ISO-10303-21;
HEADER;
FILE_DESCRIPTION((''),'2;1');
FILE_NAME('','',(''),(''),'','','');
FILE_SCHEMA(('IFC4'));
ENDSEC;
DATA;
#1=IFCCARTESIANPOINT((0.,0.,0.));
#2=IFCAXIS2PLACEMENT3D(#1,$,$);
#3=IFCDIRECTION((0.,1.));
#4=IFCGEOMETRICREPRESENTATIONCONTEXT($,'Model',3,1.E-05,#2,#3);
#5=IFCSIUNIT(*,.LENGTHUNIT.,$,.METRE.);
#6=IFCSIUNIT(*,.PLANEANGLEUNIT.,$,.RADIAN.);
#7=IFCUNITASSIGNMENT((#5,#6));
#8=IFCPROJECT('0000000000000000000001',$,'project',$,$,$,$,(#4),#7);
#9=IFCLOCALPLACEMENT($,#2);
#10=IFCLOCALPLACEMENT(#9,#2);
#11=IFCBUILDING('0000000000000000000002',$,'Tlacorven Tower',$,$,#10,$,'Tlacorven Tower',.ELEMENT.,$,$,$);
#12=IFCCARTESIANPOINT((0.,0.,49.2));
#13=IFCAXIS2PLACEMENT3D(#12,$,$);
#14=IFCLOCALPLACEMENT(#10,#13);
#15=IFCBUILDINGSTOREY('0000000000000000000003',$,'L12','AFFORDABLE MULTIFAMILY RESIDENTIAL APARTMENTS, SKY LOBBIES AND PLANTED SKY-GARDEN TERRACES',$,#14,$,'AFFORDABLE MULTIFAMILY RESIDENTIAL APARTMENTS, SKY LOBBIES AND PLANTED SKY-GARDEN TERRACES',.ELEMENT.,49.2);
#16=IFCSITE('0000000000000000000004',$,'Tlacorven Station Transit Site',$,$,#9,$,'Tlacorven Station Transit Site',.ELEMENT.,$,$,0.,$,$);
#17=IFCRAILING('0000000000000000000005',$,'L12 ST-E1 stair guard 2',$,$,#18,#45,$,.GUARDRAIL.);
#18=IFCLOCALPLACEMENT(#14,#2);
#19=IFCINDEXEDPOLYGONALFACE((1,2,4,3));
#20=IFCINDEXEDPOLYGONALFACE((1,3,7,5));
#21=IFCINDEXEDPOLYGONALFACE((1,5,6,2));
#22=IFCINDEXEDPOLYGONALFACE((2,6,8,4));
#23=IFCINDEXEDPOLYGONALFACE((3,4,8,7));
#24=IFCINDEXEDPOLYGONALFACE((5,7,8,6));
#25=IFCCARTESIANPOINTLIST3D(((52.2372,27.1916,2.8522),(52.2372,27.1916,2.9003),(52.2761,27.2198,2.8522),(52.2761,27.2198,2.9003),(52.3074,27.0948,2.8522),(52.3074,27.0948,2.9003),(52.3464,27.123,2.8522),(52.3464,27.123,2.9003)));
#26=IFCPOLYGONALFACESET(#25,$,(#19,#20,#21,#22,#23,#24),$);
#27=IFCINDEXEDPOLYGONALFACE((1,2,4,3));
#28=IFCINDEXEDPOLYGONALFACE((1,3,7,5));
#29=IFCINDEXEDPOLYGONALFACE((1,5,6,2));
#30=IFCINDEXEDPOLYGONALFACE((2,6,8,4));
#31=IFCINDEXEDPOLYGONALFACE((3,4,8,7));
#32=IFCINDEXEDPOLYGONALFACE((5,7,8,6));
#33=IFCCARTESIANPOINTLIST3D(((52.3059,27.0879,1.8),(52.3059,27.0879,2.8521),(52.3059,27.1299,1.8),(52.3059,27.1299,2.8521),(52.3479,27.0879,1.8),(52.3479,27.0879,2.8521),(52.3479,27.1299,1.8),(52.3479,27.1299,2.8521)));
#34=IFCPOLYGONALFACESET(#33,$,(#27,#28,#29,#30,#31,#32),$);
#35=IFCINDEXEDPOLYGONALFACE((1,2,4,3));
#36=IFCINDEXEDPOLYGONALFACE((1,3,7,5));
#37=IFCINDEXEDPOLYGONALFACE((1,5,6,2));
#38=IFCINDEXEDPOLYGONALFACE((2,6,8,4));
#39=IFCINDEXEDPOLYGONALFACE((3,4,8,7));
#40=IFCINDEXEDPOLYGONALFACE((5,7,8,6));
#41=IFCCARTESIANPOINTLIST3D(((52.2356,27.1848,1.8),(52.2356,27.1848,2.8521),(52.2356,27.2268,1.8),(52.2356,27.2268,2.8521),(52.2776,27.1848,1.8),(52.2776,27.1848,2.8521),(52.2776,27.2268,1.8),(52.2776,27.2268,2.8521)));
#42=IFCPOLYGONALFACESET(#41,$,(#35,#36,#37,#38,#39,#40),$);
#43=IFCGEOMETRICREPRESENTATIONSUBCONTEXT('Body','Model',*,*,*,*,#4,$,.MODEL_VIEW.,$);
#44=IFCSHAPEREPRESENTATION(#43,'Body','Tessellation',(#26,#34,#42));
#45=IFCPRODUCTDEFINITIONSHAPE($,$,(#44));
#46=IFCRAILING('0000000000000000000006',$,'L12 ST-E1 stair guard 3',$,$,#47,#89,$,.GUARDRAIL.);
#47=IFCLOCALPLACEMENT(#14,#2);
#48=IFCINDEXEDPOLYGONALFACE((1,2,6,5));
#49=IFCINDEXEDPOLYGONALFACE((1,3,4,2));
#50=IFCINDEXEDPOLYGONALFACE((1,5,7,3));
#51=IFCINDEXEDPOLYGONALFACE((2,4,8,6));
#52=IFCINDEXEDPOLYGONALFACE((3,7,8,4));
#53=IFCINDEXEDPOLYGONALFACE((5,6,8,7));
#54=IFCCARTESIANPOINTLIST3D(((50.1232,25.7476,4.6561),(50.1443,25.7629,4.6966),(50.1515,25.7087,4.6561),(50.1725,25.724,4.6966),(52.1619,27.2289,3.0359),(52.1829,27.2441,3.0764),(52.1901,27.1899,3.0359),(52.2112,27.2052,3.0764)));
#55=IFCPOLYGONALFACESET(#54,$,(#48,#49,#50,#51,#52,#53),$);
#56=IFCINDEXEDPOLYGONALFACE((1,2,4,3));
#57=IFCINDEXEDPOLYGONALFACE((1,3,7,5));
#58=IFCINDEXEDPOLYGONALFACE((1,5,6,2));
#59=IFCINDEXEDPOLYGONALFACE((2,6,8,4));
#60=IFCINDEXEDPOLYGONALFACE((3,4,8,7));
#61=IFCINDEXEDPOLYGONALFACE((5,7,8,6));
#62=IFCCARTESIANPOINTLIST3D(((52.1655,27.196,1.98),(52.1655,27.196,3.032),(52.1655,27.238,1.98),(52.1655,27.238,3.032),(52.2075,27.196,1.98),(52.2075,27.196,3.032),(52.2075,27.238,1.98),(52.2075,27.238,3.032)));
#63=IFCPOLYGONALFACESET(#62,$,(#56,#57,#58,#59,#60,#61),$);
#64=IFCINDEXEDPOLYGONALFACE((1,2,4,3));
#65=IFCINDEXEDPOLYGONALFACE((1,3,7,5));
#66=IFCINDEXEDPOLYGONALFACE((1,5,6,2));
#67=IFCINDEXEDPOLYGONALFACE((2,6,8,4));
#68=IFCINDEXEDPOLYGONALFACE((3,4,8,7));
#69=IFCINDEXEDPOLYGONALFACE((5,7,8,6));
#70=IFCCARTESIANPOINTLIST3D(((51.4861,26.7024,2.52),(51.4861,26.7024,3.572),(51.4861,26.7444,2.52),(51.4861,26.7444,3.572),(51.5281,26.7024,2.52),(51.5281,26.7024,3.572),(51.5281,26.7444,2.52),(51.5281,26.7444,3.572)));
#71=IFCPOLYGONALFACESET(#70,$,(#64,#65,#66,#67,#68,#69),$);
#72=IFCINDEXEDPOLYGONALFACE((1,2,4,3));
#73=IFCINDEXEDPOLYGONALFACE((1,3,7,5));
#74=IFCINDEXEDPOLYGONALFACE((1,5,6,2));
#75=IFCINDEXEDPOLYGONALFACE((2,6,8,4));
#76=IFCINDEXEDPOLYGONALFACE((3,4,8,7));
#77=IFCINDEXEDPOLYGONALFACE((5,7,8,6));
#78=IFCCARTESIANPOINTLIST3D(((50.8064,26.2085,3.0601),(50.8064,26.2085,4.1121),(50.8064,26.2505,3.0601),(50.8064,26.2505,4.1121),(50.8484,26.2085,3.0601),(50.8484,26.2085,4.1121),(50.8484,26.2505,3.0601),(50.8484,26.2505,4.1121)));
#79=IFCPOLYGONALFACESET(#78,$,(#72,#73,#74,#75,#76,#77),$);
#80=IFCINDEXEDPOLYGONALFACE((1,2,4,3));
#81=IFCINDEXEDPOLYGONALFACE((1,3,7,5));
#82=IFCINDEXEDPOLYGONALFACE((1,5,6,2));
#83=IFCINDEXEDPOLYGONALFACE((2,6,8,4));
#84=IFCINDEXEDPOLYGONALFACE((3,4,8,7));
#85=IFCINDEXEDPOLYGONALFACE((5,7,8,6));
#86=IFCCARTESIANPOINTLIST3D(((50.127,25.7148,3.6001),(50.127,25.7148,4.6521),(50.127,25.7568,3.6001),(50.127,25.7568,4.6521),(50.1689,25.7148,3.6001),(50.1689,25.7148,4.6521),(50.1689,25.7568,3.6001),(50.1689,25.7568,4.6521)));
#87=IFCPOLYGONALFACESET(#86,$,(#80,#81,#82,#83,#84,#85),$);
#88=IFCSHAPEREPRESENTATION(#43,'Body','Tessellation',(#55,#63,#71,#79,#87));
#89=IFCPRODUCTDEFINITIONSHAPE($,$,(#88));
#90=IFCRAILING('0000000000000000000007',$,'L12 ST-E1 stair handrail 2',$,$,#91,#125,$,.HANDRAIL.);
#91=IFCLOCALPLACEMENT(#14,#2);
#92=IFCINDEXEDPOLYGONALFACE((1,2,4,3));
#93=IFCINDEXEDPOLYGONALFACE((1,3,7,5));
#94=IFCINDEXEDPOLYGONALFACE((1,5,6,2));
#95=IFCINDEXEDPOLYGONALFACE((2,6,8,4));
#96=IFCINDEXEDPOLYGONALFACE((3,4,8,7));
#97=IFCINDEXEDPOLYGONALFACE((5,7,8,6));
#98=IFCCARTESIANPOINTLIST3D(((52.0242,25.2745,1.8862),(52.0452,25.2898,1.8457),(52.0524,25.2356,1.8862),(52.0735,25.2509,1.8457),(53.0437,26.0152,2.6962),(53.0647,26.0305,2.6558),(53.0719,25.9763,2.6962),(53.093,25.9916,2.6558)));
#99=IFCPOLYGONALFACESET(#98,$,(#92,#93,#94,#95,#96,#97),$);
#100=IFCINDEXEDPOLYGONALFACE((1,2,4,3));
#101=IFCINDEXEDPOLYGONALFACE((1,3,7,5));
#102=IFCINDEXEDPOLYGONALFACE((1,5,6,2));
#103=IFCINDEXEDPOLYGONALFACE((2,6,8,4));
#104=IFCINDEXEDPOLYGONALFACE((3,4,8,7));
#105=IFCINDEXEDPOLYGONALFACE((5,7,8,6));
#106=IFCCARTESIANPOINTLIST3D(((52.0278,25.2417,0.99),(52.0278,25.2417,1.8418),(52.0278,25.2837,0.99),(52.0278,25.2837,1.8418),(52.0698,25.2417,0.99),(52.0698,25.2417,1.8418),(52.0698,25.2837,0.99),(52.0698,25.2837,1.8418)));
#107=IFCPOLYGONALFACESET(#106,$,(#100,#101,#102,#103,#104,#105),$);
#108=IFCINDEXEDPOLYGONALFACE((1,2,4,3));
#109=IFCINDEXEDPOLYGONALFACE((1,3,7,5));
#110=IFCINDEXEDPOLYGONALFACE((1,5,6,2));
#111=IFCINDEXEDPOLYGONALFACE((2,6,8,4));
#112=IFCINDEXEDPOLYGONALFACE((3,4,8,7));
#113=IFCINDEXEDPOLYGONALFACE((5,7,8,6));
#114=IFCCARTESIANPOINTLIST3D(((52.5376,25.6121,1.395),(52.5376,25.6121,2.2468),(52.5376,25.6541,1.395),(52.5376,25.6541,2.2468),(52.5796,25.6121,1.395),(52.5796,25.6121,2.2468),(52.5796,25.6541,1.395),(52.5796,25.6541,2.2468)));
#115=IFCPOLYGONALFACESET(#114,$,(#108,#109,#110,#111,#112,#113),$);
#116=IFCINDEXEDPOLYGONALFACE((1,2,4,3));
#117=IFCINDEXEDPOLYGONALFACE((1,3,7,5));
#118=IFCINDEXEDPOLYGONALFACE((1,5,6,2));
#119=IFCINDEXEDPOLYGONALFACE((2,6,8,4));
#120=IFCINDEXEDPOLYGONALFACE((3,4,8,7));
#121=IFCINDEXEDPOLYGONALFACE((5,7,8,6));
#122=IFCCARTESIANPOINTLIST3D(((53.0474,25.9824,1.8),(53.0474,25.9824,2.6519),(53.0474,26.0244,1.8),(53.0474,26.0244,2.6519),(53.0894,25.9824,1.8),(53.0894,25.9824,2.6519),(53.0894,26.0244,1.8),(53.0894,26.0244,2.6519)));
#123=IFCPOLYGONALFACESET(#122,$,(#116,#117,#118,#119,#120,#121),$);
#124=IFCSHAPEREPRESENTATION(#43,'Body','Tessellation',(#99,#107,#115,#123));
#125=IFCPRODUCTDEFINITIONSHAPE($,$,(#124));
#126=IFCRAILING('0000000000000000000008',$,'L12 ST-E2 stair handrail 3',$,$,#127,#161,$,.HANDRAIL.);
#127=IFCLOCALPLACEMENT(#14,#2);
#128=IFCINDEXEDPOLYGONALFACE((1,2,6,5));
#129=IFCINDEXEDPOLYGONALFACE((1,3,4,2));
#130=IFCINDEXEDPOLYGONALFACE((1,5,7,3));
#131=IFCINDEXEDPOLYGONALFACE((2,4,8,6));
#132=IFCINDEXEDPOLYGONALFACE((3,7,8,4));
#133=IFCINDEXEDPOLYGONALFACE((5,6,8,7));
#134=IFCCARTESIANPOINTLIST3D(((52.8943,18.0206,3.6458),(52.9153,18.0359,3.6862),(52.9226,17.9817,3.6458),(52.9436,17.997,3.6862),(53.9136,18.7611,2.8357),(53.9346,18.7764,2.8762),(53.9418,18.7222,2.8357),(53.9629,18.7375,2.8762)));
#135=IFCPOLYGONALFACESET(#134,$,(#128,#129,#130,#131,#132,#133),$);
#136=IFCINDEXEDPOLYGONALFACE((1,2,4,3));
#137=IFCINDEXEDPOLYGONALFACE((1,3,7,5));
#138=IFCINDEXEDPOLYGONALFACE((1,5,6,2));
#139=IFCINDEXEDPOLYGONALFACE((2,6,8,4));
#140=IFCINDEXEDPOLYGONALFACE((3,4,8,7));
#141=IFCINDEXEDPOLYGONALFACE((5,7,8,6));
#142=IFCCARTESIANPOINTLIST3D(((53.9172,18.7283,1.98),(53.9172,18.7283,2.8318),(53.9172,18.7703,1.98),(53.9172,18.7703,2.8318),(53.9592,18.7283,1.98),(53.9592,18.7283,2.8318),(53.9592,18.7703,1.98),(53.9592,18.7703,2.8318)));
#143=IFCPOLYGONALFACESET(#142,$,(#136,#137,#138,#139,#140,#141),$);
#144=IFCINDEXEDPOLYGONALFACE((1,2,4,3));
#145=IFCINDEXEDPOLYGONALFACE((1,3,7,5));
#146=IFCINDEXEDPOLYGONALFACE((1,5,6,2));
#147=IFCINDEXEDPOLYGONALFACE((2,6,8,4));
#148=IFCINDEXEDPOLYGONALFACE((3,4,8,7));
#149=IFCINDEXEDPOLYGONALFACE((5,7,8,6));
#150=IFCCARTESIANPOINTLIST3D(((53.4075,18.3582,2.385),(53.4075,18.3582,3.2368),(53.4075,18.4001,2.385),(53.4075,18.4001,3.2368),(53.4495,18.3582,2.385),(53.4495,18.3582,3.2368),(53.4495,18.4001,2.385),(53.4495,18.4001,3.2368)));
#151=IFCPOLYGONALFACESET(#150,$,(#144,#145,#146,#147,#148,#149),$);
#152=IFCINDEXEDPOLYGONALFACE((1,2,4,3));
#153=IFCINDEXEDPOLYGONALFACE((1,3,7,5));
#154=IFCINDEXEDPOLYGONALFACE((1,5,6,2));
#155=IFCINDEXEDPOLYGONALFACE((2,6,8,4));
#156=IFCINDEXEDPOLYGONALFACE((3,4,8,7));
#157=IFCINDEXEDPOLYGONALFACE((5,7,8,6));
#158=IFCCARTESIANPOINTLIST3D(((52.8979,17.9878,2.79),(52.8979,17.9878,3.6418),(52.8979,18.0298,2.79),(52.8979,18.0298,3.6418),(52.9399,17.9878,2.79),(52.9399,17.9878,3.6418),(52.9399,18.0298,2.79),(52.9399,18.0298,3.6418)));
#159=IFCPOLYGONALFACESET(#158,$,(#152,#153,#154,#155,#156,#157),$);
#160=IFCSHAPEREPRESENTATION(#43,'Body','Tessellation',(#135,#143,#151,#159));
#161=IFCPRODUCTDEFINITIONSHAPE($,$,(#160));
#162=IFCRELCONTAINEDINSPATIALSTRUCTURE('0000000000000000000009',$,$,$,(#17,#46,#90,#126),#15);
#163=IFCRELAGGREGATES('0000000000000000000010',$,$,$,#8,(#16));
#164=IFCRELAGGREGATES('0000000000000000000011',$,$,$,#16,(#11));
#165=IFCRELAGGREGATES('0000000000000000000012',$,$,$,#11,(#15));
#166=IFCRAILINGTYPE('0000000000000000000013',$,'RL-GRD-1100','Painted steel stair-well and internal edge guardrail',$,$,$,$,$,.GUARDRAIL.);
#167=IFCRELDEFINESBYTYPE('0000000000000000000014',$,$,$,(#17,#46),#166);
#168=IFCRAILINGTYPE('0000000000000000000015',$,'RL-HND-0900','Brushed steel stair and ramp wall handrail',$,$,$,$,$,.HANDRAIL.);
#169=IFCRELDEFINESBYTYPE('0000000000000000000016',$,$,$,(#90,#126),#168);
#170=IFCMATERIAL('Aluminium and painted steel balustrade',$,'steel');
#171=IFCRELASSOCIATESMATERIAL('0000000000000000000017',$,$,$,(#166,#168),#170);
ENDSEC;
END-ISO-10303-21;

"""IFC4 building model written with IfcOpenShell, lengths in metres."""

from ifc_helpers import new_model, si_unit, direction, frame, origin, origin_2d, place, context, subcontext, project, spatial, rectangle, extrude, source, transform, mapped, material, type_object, element, save


model = new_model("IFC4")

# Units and contexts
model_context = context("Model", 3, precision=1e-05, world=origin(), true_north=direction((0.0, 1.0)))
body_context = subcontext(model_context, "Body", "Model", "MODEL_VIEW")
ifc_project = project(units=[si_unit("LENGTHUNIT", "METRE"), si_unit("PLANEANGLEUNIT", "RADIAN")], contexts=[model_context])

# Site, building, storey
site_placement = place(None, origin())
site = spatial("IfcSite", under=ifc_project, at=site_placement, Name="Tlacorven Station Transit Site", LongName="Tlacorven Station Transit Site", CompositionType="ELEMENT", RefElevation=0.0)
building_placement = place(site_placement, origin())
building = spatial("IfcBuilding", under=site, at=building_placement, Name="Tlacorven Tower", LongName="Tlacorven Tower", CompositionType="ELEMENT")
storey_placement = place(building_placement, frame((0.0, 0.0, 49.2)))
storey = spatial("IfcBuildingStorey", under=building, at=storey_placement, Name="L12", Description="AFFORDABLE MULTIFAMILY RESIDENTIAL APARTMENTS, SKY LOBBIES AND PLANTED SKY-GARDEN TERRACES", LongName="AFFORDABLE MULTIFAMILY RESIDENTIAL APARTMENTS, SKY LOBBIES AND PLANTED SKY-GARDEN TERRACES", CompositionType="ELEMENT", Elevation=49.2)

# Railings
ifc_material_1 = material(Name="Aluminium and painted steel balustrade", Category="steel")
railing_type_1 = type_object("IfcRailingType", Name="RL-GRD-1100", Description="Painted steel stair-well and internal edge guardrail", PredefinedType="GUARDRAIL", material=ifc_material_1)
shared_shape_1 = source(origin(), body_context, "Body", "SweptSolid", [
    extrude(rectangle(XDim=0.0481, YDim=0.0481, at=origin_2d()), frame((0.0, 0.0, 1.0762), z_axis=(-0.587201, 0.809441, 0.0), x_axis=(-0.809441, -0.587201, 0.0)), (0.0, 0.0, 1.0), 0.1196),
    extrude(rectangle(XDim=0.042, YDim=0.042, at=origin_2d()), origin(), (0.0, 0.0, 1.0), 1.052),
    extrude(rectangle(XDim=0.042, YDim=0.042, at=origin_2d()), frame((-0.0703, 0.0969, 0.0)), (0.0, 0.0, 1.0), 1.052),
])
railing_1_placement = place(storey_placement, frame((52.3269, 27.1089, 1.8)))
element("IfcRailing", 1, at=railing_1_placement, inside=storey, type_object=railing_type_1, Name="L12 ST-E1 stair guard 2", PredefinedType="GUARDRAIL", context=body_context, shape_type="MappedRepresentation", body=[
    mapped(shared_shape_1, transform((0.0, 0.0, 0.0), scale=1.0)),
])
shared_shape_2 = source(origin(), body_context, "Body", "SweptSolid", [
    extrude(rectangle(XDim=0.0481, YDim=0.0481, at=origin_2d()), frame((0.0, 0.0, 1.0762), z_axis=(-0.680489, -0.494434, 0.540805), x_axis=(0.587809, -0.809, 0.0)), (0.0, 0.0, 1.0), 2.9958),
    extrude(rectangle(XDim=0.042, YDim=0.042, at=origin_2d()), origin(), (0.0, 0.0, 1.0), 1.052),
    extrude(rectangle(XDim=0.042, YDim=0.042, at=origin_2d()), frame((-0.6794, -0.4937, 0.54)), (0.0, 0.0, 1.0), 1.052),
    extrude(rectangle(XDim=0.042, YDim=0.042, at=origin_2d()), frame((-1.3591, -0.9875, 1.0801)), (0.0, 0.0, 1.0), 1.052),
    extrude(rectangle(XDim=0.042, YDim=0.042, at=origin_2d()), frame((-2.0386, -1.4812, 1.6201)), (0.0, 0.0, 1.0), 1.052),
])
railing_2_placement = place(storey_placement, frame((52.1865, 27.217, 1.98)))
element("IfcRailing", 2, at=railing_2_placement, inside=storey, type_object=railing_type_1, Name="L12 ST-E1 stair guard 3", PredefinedType="GUARDRAIL", context=body_context, shape_type="MappedRepresentation", body=[
    mapped(shared_shape_2, transform((0.0, 0.0, 0.0), scale=1.0)),
])
railing_type_2 = type_object("IfcRailingType", Name="RL-HND-0900", Description="Brushed steel stair and ramp wall handrail", PredefinedType="HANDRAIL", material=ifc_material_1)
shared_shape_3 = source(origin(), body_context, "Body", "SweptSolid", [
    extrude(rectangle(XDim=0.0481, YDim=0.0481, at=origin_2d()), frame((0.0, 0.0, 0.876), z_axis=(0.680549, 0.494441, 0.540723), x_axis=(-0.58778, 0.809021, 0.0)), (0.0, 0.0, 1.0), 1.498),
    extrude(rectangle(XDim=0.042, YDim=0.042, at=origin_2d()), origin(), (0.0, 0.0, 1.0), 0.8518),
    extrude(rectangle(XDim=0.042, YDim=0.042, at=origin_2d()), frame((0.5098, 0.3704, 0.405)), (0.0, 0.0, 1.0), 0.8518),
    extrude(rectangle(XDim=0.042, YDim=0.042, at=origin_2d()), frame((1.0195, 0.7407, 0.8101)), (0.0, 0.0, 1.0), 0.8518),
])
railing_3_placement = place(storey_placement, frame((52.0488, 25.2627, 0.99)))
element("IfcRailing", 3, at=railing_3_placement, inside=storey, type_object=railing_type_2, Name="L12 ST-E1 stair handrail 2", PredefinedType="HANDRAIL", context=body_context, shape_type="MappedRepresentation", body=[
    mapped(shared_shape_3, transform((0.0, 0.0, 0.0), scale=1.0)),
])
shared_shape_4 = source(origin(), body_context, "Body", "SweptSolid", [
    extrude(rectangle(XDim=0.0481, YDim=0.0481, at=origin_2d()), frame((0.0, 0.0, 0.876), z_axis=(-0.680516, -0.494373, 0.540827), x_axis=(0.587745, -0.809046, 0.0)), (0.0, 0.0, 1.0), 1.4978),
    extrude(rectangle(XDim=0.042, YDim=0.042, at=origin_2d()), origin(), (0.0, 0.0, 1.0), 0.8518),
    extrude(rectangle(XDim=0.042, YDim=0.042, at=origin_2d()), frame((-0.5098, -0.3701, 0.405)), (0.0, 0.0, 1.0), 0.8518),
    extrude(rectangle(XDim=0.042, YDim=0.042, at=origin_2d()), frame((-1.0193, -0.7405, 0.8101)), (0.0, 0.0, 1.0), 0.8518),
])
railing_4_placement = place(storey_placement, frame((53.9382, 18.7493, 1.98)))
element("IfcRailing", 4, at=railing_4_placement, inside=storey, type_object=railing_type_2, Name="L12 ST-E2 stair handrail 3", PredefinedType="HANDRAIL", context=body_context, shape_type="MappedRepresentation", body=[
    mapped(shared_shape_4, transform((0.0, 0.0, 0.0), scale=1.0)),
])

save(model, "model.ifc")
